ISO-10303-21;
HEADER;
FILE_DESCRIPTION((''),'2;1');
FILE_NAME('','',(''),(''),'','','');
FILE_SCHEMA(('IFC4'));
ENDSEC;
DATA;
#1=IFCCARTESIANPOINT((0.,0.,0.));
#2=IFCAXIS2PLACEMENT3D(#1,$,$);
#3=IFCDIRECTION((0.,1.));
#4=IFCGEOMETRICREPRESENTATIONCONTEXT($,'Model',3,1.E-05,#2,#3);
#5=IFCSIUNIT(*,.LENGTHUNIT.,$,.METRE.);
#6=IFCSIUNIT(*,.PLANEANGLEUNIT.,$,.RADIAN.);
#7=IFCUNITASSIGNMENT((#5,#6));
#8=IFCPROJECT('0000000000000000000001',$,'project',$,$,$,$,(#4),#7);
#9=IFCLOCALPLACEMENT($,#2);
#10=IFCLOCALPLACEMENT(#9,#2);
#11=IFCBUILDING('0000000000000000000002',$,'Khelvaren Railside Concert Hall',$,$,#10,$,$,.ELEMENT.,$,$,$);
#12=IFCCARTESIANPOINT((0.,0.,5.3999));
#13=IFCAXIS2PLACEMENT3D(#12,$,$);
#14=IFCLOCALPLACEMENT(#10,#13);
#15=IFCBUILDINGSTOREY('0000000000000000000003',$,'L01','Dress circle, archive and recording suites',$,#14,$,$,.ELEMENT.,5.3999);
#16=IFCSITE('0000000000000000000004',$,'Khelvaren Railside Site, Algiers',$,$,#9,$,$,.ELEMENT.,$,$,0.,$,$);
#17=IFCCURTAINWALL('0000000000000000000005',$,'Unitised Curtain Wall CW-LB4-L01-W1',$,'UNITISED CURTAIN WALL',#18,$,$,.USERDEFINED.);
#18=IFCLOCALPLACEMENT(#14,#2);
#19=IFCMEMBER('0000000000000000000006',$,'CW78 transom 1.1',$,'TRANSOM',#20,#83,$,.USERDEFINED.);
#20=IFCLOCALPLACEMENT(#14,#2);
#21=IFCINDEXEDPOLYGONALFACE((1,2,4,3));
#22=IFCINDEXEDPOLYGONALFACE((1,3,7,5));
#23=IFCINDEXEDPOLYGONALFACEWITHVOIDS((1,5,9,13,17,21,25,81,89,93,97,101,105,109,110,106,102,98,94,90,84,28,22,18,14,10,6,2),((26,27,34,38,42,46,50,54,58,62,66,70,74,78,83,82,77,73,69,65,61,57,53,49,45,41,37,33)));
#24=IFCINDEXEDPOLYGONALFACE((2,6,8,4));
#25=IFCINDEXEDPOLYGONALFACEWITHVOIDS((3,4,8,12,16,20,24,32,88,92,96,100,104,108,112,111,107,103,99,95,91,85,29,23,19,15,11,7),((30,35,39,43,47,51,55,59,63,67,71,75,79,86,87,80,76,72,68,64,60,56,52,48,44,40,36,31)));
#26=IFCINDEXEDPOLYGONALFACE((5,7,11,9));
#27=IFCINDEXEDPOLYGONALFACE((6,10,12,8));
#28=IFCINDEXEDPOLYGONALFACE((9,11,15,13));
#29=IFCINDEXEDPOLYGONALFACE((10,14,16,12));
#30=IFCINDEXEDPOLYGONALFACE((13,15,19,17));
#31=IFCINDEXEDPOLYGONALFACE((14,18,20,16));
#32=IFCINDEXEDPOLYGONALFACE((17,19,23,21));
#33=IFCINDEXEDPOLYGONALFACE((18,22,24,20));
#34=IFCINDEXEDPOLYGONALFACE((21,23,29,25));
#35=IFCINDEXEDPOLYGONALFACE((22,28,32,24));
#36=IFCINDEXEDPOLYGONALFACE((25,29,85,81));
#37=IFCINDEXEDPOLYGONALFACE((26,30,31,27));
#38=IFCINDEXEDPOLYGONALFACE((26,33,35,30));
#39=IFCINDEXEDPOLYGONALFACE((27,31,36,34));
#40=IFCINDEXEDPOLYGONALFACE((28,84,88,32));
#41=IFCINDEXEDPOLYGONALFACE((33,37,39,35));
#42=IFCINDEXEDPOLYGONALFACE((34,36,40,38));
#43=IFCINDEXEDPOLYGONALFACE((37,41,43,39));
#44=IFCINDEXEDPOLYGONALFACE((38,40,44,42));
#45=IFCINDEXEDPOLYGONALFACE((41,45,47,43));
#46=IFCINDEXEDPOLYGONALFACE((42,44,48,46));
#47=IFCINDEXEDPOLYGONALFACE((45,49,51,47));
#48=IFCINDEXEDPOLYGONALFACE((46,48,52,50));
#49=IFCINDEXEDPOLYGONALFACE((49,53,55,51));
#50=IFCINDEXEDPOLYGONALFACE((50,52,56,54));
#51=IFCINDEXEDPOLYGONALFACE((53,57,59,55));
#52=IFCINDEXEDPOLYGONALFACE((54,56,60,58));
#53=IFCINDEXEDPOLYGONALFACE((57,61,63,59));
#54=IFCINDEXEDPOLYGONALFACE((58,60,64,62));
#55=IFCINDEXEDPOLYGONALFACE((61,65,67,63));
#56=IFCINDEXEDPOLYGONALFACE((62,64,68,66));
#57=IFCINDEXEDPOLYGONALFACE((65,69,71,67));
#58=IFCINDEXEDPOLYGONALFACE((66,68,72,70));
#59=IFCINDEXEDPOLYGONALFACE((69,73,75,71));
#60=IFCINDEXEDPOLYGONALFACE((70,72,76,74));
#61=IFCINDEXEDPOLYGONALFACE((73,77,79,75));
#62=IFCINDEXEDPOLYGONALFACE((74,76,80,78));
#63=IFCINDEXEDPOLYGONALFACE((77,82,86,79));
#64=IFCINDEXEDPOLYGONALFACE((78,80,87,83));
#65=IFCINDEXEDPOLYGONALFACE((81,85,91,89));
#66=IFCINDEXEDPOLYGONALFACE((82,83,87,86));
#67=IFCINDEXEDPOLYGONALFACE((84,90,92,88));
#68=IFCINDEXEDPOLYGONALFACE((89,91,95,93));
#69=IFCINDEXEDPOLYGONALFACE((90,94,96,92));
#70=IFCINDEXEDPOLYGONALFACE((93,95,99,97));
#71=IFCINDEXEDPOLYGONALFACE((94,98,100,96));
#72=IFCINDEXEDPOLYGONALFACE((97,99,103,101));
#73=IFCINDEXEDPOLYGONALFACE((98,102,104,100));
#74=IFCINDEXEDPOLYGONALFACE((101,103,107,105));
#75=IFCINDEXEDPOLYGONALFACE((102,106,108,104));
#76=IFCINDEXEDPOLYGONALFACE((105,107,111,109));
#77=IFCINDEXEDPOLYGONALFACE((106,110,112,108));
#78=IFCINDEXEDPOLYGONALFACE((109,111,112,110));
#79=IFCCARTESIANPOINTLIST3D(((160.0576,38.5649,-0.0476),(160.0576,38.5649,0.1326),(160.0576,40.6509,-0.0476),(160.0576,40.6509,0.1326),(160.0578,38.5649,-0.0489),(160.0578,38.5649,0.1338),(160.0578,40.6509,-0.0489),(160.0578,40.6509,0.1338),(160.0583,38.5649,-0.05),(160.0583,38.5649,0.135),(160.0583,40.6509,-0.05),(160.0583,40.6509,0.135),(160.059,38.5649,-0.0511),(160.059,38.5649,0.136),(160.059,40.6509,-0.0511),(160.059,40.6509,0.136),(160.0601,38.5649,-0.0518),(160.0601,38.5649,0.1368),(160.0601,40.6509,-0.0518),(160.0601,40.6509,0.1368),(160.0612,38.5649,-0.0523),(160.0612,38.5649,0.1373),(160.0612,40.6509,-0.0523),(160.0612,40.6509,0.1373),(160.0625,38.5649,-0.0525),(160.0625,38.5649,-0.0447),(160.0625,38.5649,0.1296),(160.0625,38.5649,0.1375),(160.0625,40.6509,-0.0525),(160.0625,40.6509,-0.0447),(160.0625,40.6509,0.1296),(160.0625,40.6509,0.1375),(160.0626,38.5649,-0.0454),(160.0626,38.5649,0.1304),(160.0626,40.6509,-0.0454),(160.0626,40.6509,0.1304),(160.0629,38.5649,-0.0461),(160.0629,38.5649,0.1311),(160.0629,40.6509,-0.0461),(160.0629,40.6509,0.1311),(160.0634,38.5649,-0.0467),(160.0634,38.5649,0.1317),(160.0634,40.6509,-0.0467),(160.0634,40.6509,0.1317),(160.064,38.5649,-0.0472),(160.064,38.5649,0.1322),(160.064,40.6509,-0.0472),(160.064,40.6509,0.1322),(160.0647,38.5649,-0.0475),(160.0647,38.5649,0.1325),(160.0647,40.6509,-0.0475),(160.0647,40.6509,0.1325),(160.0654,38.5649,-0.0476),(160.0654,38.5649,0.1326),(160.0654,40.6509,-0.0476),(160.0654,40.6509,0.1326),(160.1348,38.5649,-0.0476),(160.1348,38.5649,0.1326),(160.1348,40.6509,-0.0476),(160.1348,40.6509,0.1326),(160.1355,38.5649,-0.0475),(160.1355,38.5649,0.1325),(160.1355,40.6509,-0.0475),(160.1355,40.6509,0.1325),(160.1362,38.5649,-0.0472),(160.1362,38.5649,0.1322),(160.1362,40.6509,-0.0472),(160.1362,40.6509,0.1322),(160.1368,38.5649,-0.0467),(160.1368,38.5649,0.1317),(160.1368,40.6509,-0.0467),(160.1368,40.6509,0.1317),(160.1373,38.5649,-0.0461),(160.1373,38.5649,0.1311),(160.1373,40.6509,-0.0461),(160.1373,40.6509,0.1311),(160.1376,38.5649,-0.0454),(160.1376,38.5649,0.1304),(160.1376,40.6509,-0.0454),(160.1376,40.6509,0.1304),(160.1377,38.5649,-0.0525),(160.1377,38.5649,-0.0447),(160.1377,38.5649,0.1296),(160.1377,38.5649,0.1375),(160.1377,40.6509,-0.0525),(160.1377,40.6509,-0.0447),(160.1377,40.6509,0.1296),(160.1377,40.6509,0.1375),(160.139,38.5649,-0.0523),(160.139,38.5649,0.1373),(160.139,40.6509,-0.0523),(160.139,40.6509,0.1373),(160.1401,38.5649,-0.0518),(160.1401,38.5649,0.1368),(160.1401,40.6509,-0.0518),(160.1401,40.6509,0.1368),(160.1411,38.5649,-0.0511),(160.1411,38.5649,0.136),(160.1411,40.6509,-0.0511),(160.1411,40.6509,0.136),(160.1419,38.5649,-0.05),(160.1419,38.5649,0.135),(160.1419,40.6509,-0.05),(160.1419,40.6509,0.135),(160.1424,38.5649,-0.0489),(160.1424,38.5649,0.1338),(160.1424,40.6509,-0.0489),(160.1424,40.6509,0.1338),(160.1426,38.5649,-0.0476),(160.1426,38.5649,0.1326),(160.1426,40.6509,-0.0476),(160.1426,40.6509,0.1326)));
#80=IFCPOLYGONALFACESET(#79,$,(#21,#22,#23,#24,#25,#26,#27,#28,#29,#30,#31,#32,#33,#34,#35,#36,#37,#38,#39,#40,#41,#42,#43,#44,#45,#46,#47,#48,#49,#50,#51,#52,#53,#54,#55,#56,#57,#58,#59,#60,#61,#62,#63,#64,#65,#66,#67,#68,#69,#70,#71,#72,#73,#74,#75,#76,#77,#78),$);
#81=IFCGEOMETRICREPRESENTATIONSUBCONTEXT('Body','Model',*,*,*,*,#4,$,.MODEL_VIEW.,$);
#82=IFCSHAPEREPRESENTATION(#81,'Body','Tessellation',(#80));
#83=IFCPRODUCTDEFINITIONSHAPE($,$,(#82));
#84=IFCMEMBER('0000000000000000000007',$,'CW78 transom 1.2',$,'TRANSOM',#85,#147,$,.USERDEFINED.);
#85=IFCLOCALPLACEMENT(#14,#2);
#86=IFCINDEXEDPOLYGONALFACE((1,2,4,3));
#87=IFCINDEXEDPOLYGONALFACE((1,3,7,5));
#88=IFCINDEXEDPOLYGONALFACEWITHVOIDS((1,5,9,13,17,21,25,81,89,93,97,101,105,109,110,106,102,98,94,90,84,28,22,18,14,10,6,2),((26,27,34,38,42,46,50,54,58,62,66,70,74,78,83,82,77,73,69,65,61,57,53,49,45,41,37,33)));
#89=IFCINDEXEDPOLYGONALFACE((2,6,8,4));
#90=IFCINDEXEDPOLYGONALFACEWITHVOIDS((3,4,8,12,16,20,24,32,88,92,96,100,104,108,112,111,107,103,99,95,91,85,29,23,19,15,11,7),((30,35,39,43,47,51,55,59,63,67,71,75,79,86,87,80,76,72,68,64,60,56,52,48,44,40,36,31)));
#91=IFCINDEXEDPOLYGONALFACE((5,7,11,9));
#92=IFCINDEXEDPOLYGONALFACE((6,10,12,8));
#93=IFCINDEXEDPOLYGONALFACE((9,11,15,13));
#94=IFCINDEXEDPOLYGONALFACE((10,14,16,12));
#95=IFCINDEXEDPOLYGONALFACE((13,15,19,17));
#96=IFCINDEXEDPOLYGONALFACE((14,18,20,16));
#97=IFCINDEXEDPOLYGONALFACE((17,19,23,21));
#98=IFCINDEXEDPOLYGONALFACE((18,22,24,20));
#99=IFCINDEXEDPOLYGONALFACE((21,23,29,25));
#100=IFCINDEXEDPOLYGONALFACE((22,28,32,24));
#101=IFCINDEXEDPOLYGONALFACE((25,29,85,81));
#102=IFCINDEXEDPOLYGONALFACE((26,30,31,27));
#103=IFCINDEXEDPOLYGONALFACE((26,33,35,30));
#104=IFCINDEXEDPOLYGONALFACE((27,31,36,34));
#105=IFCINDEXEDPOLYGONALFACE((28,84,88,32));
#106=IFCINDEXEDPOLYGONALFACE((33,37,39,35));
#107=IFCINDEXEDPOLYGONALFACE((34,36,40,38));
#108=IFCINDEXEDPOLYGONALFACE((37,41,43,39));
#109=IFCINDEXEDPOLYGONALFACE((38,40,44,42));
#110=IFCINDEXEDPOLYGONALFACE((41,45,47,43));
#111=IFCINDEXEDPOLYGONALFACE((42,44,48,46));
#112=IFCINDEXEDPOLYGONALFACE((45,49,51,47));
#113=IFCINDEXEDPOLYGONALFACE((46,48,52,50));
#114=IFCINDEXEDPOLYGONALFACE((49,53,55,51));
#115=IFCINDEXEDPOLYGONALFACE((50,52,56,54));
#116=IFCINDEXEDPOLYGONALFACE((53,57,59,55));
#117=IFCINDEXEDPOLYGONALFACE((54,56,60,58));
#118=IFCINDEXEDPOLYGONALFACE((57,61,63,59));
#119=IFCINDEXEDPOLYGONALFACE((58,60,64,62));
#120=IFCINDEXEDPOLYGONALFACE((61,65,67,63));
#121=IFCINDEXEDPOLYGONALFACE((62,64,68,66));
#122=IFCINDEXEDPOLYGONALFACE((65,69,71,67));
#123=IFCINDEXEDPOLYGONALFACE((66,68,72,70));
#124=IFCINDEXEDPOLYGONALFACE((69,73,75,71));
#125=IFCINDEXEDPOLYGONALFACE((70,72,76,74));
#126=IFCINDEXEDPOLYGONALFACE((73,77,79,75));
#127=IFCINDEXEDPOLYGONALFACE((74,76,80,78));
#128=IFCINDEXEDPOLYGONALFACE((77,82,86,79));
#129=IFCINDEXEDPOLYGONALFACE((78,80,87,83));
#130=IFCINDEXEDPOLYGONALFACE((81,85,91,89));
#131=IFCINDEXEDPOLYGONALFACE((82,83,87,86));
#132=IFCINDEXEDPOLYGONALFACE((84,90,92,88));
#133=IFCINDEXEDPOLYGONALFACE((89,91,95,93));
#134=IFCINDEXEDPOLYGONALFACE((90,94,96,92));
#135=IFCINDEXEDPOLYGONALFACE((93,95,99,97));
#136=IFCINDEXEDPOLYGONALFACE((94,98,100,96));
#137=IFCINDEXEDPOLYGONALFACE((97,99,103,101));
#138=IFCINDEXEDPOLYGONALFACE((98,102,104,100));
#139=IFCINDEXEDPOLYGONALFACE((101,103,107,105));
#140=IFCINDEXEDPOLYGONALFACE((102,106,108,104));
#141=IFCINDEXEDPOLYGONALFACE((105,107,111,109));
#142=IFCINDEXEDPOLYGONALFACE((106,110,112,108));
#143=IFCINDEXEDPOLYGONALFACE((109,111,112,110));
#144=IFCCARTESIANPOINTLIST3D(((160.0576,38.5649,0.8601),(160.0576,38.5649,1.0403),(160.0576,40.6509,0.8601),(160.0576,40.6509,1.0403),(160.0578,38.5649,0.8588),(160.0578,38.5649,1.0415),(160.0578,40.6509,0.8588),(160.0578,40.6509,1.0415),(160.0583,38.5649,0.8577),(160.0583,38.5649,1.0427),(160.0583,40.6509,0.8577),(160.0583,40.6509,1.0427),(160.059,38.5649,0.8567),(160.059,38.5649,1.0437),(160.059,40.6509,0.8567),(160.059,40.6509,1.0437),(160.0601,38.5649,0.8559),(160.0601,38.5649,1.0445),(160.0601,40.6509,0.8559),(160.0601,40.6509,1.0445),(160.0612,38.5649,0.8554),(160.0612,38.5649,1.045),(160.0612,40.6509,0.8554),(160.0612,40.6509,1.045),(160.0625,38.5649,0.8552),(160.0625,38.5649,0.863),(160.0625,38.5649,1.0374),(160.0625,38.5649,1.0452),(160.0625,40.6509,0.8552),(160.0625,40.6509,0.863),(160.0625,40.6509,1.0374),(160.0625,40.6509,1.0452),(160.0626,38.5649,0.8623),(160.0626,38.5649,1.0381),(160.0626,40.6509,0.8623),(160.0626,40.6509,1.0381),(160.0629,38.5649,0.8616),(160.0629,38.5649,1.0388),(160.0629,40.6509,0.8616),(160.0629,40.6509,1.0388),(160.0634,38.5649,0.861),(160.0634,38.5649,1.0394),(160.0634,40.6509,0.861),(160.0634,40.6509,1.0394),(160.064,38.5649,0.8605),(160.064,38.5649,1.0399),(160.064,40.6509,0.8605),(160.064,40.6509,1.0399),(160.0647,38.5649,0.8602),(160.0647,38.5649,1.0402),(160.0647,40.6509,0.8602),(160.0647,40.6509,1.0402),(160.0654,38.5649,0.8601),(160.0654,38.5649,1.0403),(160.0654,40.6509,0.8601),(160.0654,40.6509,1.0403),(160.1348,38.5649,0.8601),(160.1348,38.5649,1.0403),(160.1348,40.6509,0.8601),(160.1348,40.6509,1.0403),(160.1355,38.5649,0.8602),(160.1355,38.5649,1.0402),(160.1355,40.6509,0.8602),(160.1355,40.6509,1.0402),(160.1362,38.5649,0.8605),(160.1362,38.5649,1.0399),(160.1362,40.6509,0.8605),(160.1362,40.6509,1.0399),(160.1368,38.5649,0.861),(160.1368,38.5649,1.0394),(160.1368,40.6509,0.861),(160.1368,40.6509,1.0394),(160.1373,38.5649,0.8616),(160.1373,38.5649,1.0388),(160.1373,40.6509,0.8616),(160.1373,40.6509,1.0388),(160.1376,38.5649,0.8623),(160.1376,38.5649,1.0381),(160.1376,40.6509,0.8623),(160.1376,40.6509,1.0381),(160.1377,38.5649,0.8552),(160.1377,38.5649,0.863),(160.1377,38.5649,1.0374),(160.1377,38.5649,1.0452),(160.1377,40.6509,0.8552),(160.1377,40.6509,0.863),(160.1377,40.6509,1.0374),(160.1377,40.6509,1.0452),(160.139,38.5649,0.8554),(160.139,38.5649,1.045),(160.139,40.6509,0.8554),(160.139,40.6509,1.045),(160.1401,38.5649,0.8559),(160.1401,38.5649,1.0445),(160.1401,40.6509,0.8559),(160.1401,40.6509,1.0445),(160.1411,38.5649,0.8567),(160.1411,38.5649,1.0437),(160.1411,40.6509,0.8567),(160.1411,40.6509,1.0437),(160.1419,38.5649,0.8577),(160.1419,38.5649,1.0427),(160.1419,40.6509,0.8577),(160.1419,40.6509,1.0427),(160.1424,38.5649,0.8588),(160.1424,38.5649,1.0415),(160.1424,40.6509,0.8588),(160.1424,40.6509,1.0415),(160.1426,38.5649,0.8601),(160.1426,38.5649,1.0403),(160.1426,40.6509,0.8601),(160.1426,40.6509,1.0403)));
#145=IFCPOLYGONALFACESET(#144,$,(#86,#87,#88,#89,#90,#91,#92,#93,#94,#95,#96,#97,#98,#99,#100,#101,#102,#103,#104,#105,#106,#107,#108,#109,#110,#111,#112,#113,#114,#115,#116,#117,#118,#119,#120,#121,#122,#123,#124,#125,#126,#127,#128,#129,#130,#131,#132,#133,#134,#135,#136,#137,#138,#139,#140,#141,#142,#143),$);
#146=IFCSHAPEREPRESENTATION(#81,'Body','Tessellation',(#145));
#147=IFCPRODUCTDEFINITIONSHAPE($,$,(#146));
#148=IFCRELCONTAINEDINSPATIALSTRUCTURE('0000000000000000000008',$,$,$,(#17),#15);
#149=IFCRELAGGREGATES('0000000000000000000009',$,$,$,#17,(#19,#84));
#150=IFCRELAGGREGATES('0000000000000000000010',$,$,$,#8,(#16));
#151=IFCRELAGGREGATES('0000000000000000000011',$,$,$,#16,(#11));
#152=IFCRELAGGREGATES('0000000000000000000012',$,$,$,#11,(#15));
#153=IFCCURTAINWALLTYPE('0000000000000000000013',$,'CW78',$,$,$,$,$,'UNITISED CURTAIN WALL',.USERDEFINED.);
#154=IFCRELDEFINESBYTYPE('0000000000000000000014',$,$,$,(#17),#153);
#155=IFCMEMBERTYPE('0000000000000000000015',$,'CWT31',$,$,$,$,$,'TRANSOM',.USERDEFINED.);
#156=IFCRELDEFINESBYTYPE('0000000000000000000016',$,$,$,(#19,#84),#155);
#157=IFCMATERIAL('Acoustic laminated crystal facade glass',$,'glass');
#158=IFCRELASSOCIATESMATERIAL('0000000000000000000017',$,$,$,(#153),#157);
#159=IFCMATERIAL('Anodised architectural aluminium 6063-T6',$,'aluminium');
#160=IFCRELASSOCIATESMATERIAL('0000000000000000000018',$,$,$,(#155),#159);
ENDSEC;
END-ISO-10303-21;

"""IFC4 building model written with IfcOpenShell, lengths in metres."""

from ifc_helpers import new_model, si_unit, direction, frame, origin, origin_2d, place, context, subcontext, project, spatial, hollow_rectangle, extrude, material, material_profile, profile_set, type_object, element, aggregate, save


model = new_model("IFC4")

# Units and contexts
model_context = context("Model", 3, precision=1e-05, world=origin(), true_north=direction((0.0, 1.0)))
body_context = subcontext(model_context, "Body", "Model", "MODEL_VIEW")
ifc_project = project(units=[si_unit("LENGTHUNIT", "METRE"), si_unit("PLANEANGLEUNIT", "RADIAN")], contexts=[model_context])

# Site, building, storey
site_placement = place(None, origin())
site = spatial("IfcSite", under=ifc_project, at=site_placement, Name="Khelvaren Railside Site, Algiers", CompositionType="ELEMENT", RefElevation=0.0)
building_placement = place(site_placement, origin())
building = spatial("IfcBuilding", under=site, at=building_placement, Name="Khelvaren Railside Concert Hall", CompositionType="ELEMENT")
storey_placement = place(building_placement, frame((0.0, 0.0, 5.3999)))
storey = spatial("IfcBuildingStorey", under=building, at=storey_placement, Name="L01", Description="Dress circle, archive and recording suites", CompositionType="ELEMENT", Elevation=5.3999)

# Curtain wall, members
ifc_material_1 = material(Name="Acoustic laminated crystal facade glass", Category="glass")
curtain_wall_type = type_object("IfcCurtainWallType", Name="CW78", ElementType="UNITISED CURTAIN WALL", PredefinedType="USERDEFINED", material=ifc_material_1)
curtain_wall_placement = place(storey_placement, origin())
curtain_wall = element("IfcCurtainWall", 1, at=curtain_wall_placement, inside=storey, type_object=curtain_wall_type, Name="Unitised Curtain Wall CW-LB4-L01-W1", ObjectType="UNITISED CURTAIN WALL", PredefinedType="USERDEFINED")
ifc_material_2 = material(Name="Anodised architectural aluminium 6063-T6", Category="aluminium")
ifc_material_profile_1 = material_profile(ifc_material_2, hollow_rectangle(XDim=0.085, YDim=0.1899, WallThickness=0.0049, InnerFilletRadius=0.0029, OuterFilletRadius=0.0049, at=origin_2d()), Name="CWT 85x190x5")
ifc_profile_set_1 = profile_set([ifc_material_profile_1], Name="Anodised architectural aluminium 6063-T6")
member_type_1 = type_object("IfcMemberType", Name="CWT31", ElementType="TRANSOM", PredefinedType="USERDEFINED", material=ifc_profile_set_1)
member_1_placement = place(storey_placement, frame((160.1001, 38.5649, 0.0425), z_axis=(0.0, 1.0, 0.0), x_axis=(-1.0, 0.0, 0.0)))
member_1 = element("IfcMember", 2, at=member_1_placement, type_object=member_type_1, Name="CW78 transom 1.1", ObjectType="TRANSOM", PredefinedType="USERDEFINED", context=body_context, shape_type="SweptSolid", body=[
    extrude(hollow_rectangle(XDim=0.085, YDim=0.1899, WallThickness=0.0049, InnerFilletRadius=0.0029, OuterFilletRadius=0.0049, at=origin_2d()), origin(), (0.0, 0.0, 1.0), 2.0859),
])
member_2_placement = place(storey_placement, frame((160.1001, 38.5649, 0.9502), z_axis=(0.0, 1.0, 0.0), x_axis=(-1.0, 0.0, 0.0)))
member_2 = element("IfcMember", 3, at=member_2_placement, type_object=member_type_1, Name="CW78 transom 1.2", ObjectType="TRANSOM", PredefinedType="USERDEFINED", context=body_context, shape_type="SweptSolid", body=[
    extrude(hollow_rectangle(XDim=0.085, YDim=0.1899, WallThickness=0.0049, InnerFilletRadius=0.0029, OuterFilletRadius=0.0049, at=origin_2d()), origin(), (0.0, 0.0, 1.0), 2.0859),
])
aggregate(curtain_wall, [member_1, member_2])

save(model, "model.ifc")
